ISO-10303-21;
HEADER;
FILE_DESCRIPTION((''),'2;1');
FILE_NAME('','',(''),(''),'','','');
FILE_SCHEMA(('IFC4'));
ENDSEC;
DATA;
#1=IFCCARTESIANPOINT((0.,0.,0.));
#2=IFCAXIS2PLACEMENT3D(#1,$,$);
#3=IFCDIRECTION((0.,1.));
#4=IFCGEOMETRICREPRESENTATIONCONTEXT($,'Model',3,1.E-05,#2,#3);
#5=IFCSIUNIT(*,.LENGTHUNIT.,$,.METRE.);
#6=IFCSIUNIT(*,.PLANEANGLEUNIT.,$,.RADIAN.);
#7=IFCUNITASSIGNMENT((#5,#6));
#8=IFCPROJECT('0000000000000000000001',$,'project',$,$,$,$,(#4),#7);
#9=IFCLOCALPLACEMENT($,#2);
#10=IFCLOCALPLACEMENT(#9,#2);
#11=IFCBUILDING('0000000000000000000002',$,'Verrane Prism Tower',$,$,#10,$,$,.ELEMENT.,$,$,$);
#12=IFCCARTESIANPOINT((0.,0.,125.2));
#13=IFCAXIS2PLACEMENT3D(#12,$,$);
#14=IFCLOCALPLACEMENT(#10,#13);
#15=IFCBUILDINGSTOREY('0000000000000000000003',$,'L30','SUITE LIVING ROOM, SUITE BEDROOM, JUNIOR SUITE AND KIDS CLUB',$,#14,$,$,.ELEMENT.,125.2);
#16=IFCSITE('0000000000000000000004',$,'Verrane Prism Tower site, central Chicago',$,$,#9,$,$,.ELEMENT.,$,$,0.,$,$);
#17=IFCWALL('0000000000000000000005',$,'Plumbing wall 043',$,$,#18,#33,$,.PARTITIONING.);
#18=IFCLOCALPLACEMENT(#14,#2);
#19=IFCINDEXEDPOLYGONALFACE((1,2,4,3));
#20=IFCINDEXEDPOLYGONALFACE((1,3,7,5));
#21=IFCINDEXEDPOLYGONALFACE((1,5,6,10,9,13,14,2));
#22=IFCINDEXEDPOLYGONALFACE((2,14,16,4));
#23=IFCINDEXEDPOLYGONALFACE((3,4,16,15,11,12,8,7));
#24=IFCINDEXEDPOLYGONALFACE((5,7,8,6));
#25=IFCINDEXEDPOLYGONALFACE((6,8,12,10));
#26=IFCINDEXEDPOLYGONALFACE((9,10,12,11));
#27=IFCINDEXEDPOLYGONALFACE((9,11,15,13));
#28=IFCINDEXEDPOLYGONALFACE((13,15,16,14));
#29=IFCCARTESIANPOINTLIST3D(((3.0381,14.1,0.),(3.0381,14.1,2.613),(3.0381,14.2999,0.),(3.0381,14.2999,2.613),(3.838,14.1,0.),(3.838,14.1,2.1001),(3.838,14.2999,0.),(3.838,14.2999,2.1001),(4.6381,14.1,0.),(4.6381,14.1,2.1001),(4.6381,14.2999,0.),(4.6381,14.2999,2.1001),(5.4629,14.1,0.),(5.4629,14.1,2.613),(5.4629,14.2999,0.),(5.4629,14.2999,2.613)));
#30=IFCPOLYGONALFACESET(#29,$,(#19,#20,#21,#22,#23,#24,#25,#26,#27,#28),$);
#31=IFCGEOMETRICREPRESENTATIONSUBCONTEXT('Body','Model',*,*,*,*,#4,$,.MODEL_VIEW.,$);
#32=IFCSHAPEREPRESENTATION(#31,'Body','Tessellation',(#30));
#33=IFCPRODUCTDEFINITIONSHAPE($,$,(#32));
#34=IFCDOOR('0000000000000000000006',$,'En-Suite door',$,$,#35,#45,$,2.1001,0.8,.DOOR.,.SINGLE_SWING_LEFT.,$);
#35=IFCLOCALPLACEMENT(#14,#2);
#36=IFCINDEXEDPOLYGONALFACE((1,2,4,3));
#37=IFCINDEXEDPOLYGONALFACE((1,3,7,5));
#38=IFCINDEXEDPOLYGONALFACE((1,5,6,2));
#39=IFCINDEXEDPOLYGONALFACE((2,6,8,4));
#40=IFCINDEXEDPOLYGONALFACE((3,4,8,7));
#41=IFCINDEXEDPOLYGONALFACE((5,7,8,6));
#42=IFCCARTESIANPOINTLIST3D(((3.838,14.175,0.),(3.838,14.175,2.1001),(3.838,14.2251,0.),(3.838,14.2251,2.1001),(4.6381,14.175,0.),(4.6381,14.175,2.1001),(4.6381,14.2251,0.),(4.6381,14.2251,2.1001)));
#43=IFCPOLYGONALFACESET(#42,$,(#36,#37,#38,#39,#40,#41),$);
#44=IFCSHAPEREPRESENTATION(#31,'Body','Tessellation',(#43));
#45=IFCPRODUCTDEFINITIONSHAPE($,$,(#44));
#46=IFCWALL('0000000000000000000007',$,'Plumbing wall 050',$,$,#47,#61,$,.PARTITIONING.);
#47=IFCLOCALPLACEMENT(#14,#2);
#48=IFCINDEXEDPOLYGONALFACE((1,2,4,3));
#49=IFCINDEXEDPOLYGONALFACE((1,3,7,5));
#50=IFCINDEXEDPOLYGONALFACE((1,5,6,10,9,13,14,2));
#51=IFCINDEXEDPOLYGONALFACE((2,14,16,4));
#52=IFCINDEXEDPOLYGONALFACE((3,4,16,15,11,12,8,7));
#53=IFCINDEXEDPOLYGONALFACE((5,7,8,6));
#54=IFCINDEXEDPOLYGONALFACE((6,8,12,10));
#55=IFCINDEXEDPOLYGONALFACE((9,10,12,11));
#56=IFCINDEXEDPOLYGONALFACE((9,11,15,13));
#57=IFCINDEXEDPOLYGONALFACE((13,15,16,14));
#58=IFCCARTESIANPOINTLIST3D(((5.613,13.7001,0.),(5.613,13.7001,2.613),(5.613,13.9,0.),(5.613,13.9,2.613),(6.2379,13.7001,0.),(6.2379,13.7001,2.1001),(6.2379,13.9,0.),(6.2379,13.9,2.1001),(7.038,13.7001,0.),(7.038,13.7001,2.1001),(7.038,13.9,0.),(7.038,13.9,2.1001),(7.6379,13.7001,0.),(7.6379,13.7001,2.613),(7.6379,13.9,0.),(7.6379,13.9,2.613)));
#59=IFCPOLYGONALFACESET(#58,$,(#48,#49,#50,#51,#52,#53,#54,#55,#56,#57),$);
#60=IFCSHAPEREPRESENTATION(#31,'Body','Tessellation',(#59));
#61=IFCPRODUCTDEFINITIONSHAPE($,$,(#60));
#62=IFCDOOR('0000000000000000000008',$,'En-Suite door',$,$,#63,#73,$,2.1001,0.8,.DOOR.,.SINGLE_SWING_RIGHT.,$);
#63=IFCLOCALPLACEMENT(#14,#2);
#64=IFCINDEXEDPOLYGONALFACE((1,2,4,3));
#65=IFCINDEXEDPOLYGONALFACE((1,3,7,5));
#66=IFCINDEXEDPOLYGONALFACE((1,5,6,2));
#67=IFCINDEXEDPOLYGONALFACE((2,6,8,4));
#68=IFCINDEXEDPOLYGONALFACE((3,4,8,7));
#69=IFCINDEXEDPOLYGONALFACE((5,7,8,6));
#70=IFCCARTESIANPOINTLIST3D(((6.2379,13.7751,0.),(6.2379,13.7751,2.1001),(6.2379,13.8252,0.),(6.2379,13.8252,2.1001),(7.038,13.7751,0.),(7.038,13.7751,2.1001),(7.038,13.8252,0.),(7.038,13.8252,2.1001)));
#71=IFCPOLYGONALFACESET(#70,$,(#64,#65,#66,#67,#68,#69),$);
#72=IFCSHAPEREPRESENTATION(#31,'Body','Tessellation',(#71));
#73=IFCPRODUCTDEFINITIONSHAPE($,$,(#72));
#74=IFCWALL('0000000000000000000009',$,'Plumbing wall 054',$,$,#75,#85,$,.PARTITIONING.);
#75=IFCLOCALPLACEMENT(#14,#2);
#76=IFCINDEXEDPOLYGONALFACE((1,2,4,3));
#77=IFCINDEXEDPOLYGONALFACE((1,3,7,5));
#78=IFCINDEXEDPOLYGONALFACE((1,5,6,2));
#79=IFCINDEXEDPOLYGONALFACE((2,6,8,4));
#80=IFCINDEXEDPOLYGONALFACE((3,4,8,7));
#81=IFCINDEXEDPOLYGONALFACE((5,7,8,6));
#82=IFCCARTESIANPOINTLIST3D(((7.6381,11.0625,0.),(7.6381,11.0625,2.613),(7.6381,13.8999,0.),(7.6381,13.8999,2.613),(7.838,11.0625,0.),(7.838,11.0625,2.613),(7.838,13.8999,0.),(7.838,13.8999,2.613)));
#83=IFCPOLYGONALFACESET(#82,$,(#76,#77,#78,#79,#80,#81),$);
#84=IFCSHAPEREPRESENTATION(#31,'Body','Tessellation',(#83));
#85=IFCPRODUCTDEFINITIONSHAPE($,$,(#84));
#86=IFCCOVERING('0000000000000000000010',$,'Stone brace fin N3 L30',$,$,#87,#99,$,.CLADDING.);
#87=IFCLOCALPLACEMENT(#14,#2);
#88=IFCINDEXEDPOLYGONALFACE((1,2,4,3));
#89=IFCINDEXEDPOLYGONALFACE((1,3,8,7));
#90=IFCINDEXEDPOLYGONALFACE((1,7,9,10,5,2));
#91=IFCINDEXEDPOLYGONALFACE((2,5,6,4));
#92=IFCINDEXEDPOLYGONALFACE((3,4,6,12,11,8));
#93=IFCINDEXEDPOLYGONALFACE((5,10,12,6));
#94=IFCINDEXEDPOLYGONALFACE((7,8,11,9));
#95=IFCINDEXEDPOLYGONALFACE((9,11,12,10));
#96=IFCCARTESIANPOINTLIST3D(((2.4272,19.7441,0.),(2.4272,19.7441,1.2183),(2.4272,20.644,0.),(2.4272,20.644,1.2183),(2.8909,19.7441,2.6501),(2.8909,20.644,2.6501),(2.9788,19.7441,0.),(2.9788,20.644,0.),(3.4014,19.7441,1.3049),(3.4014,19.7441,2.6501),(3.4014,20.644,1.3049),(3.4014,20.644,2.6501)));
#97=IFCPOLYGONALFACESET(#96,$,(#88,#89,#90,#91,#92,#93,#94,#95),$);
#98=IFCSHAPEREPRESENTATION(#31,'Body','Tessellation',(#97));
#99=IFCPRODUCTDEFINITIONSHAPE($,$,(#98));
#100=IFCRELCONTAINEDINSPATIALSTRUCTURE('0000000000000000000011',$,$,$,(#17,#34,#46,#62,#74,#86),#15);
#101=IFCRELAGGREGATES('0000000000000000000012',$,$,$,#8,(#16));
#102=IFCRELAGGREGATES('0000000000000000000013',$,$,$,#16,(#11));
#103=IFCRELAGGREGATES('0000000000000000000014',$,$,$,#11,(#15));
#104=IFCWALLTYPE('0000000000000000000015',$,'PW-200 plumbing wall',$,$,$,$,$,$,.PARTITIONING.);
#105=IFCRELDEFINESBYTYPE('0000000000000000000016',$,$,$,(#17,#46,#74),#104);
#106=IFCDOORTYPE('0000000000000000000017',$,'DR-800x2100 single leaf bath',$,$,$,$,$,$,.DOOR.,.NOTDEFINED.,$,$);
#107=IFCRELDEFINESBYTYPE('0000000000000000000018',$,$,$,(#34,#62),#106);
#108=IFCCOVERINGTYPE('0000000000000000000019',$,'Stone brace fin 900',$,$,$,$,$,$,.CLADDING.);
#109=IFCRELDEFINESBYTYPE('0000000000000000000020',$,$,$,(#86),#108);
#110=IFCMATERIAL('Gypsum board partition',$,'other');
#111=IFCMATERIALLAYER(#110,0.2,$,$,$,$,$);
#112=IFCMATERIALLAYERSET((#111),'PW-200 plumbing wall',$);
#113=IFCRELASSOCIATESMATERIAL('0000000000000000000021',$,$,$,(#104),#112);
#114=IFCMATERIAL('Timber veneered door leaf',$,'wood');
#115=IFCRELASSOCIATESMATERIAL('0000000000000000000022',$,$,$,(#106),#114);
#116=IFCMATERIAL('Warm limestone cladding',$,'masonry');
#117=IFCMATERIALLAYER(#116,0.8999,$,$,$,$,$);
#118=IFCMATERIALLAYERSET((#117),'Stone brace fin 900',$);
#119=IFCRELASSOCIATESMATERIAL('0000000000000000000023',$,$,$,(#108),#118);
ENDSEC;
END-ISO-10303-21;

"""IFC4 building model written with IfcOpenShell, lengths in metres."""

from ifc_helpers import new_model, si_unit, direction, frame, frame_2d, origin, place, context, subcontext, project, spatial, polyline, rectangle, outline, extrude, material, layer, layer_set, type_object, element, fill, save


model = new_model("IFC4")

# Units and contexts
model_context = context("Model", 3, precision=1e-05, world=origin(), true_north=direction((0.0, 1.0)))
body_context = subcontext(model_context, "Body", "Model", "MODEL_VIEW")
ifc_project = project(units=[si_unit("LENGTHUNIT", "METRE"), si_unit("PLANEANGLEUNIT", "RADIAN")], contexts=[model_context])

# Site, building, storey
site_placement = place(None, origin())
site = spatial("IfcSite", under=ifc_project, at=site_placement, Name="Verrane Prism Tower site, central Chicago", CompositionType="ELEMENT", RefElevation=0.0)
building_placement = place(site_placement, origin())
building = spatial("IfcBuilding", under=site, at=building_placement, Name="Verrane Prism Tower", CompositionType="ELEMENT")
storey_placement = place(building_placement, frame((0.0, 0.0, 125.2)))
storey = spatial("IfcBuildingStorey", under=building, at=storey_placement, Name="L30", Description="SUITE LIVING ROOM, SUITE BEDROOM, JUNIOR SUITE AND KIDS CLUB", CompositionType="ELEMENT", Elevation=125.2)

# Shared definitions
ifc_material_1 = material(Name="Gypsum board partition", Category="other")
ifc_layer_1 = layer(ifc_material_1, 0.2)
ifc_layer_set_1 = layer_set([ifc_layer_1], Name="PW-200 plumbing wall")
wall_type_1 = type_object("IfcWallType", Name="PW-200 plumbing wall", PredefinedType="PARTITIONING", material=ifc_layer_set_1)

# Walls, openings, doors
wall_1_placement = place(storey_placement, frame((5.4629, 14.2, 0.0), z_axis=(0.0, 0.0, 1.0), x_axis=(-1.0, 0.0, 0.0)))
wall_1 = element("IfcWall", 1, at=wall_1_placement, inside=storey, type_object=wall_type_1, Name="Plumbing wall 043", PredefinedType="PARTITIONING", context=body_context, shape_type="SweptSolid", body=[
    extrude(rectangle(XDim=2.4248, YDim=0.2, at=frame_2d((1.2124, 0.0))), origin(), (0.0, 0.0, 1.0), 2.613),
])
opening_1_placement = place(wall_1_placement, frame((0.825, 0.0, 0.0)))
opening_1 = element("IfcOpeningElement", 2, at=opening_1_placement, cuts=wall_1, PredefinedType="OPENING", context=body_context, shape_type="SweptSolid", body=[
    extrude(rectangle(XDim=0.8, YDim=2.1001, at=frame_2d((0.3999, 1.05))), frame((0.0, 0.1099, 0.0), z_axis=(0.0, -1.0, 0.0), x_axis=(1.0, 0.0, 0.0)), (0.0, 0.0, 1.0), 0.22),
])
ifc_material_2 = material(Name="Timber veneered door leaf", Category="wood")
door_type_1 = type_object("IfcDoorType", Name="DR-800x2100 single leaf bath", OperationType="NOTDEFINED", PredefinedType="DOOR", material=ifc_material_2)
door_1_placement = place(opening_1_placement, origin())
door_1 = element("IfcDoor", 3, at=door_1_placement, inside=storey, type_object=door_type_1, Name="En-Suite door", OperationType="SINGLE_SWING_LEFT", OverallHeight=2.1001, OverallWidth=0.8, PredefinedType="DOOR", context=body_context, shape_type="SweptSolid", body=[
    extrude(rectangle(XDim=0.8, YDim=2.1001, at=frame_2d((0.3999, 1.05))), frame((0.0, 0.0249, 0.0), z_axis=(0.0, -1.0, 0.0), x_axis=(1.0, 0.0, 0.0)), (0.0, 0.0, 1.0), 0.05),
])
fill(opening_1, door_1)
wall_2_placement = place(storey_placement, frame((7.6379, 13.8, 0.0), z_axis=(0.0, 0.0, 1.0), x_axis=(-1.0, 0.0, 0.0)))
wall_2 = element("IfcWall", 4, at=wall_2_placement, inside=storey, type_object=wall_type_1, Name="Plumbing wall 050", PredefinedType="PARTITIONING", context=body_context, shape_type="SweptSolid", body=[
    extrude(rectangle(XDim=2.0249, YDim=0.2, at=frame_2d((1.0125, 0.0))), origin(), (0.0, 0.0, 1.0), 2.613),
])
opening_2_placement = place(wall_2_placement, frame((0.6001, 0.0, 0.0)))
opening_2 = element("IfcOpeningElement", 5, at=opening_2_placement, cuts=wall_2, PredefinedType="OPENING", context=body_context, shape_type="SweptSolid", body=[
    extrude(rectangle(XDim=0.8, YDim=2.1001, at=frame_2d((0.3999, 1.05))), frame((0.0, 0.1099, 0.0), z_axis=(0.0, -1.0, 0.0), x_axis=(1.0, 0.0, 0.0)), (0.0, 0.0, 1.0), 0.22),
])
door_2_placement = place(opening_2_placement, origin())
door_2 = element("IfcDoor", 6, at=door_2_placement, inside=storey, type_object=door_type_1, Name="En-Suite door", OperationType="SINGLE_SWING_RIGHT", OverallHeight=2.1001, OverallWidth=0.8, PredefinedType="DOOR", context=body_context, shape_type="SweptSolid", body=[
    extrude(rectangle(XDim=0.8, YDim=2.1001, at=frame_2d((0.3999, 1.05))), frame((0.0, 0.0249, 0.0), z_axis=(0.0, -1.0, 0.0), x_axis=(1.0, 0.0, 0.0)), (0.0, 0.0, 1.0), 0.05),
])
fill(opening_2, door_2)

# Wall
wall_3_placement = place(storey_placement, frame((7.738, 11.0625, 0.0), z_axis=(0.0, 0.0, 1.0), x_axis=(0.0, 1.0, 0.0)))
element("IfcWall", 7, at=wall_3_placement, inside=storey, type_object=wall_type_1, Name="Plumbing wall 054", PredefinedType="PARTITIONING", context=body_context, shape_type="SweptSolid", body=[
    extrude(rectangle(XDim=2.8374, YDim=0.2, at=frame_2d((1.4187, 0.0))), origin(), (0.0, 0.0, 1.0), 2.613),
])

# Covering
ifc_material_3 = material(Name="Warm limestone cladding", Category="masonry")
ifc_layer_2 = layer(ifc_material_3, 0.8999)
ifc_layer_set_2 = layer_set([ifc_layer_2], Name="Stone brace fin 900")
covering_type = type_object("IfcCoveringType", Name="Stone brace fin 900", PredefinedType="CLADDING", material=ifc_layer_set_2)
covering_placement = place(storey_placement, frame((2.4272, 20.1941, 0.0), z_axis=(0.0, 0.0, 1.0), x_axis=(1.0, 0.0, 0.0)))
element("IfcCovering", 8, at=covering_placement, inside=storey, type_object=covering_type, Name="Stone brace fin N3 L30", PredefinedType="CLADDING", context=body_context, shape_type="SweptSolid", body=[
    extrude(outline(polyline([(0.9741, 2.6501), (0.4636, 2.6501), (0.0, 1.2183), (0.0, 0.0), (0.5515, 0.0), (0.9741, 1.3049), (0.9741, 2.6501)])), frame((0.0, 0.45, 0.0), z_axis=(0.0, -1.0, 0.0), x_axis=(1.0, 0.0, 0.0)), (0.0, 0.0, 1.0), 0.8999),
])

save(model, "model.ifc")
